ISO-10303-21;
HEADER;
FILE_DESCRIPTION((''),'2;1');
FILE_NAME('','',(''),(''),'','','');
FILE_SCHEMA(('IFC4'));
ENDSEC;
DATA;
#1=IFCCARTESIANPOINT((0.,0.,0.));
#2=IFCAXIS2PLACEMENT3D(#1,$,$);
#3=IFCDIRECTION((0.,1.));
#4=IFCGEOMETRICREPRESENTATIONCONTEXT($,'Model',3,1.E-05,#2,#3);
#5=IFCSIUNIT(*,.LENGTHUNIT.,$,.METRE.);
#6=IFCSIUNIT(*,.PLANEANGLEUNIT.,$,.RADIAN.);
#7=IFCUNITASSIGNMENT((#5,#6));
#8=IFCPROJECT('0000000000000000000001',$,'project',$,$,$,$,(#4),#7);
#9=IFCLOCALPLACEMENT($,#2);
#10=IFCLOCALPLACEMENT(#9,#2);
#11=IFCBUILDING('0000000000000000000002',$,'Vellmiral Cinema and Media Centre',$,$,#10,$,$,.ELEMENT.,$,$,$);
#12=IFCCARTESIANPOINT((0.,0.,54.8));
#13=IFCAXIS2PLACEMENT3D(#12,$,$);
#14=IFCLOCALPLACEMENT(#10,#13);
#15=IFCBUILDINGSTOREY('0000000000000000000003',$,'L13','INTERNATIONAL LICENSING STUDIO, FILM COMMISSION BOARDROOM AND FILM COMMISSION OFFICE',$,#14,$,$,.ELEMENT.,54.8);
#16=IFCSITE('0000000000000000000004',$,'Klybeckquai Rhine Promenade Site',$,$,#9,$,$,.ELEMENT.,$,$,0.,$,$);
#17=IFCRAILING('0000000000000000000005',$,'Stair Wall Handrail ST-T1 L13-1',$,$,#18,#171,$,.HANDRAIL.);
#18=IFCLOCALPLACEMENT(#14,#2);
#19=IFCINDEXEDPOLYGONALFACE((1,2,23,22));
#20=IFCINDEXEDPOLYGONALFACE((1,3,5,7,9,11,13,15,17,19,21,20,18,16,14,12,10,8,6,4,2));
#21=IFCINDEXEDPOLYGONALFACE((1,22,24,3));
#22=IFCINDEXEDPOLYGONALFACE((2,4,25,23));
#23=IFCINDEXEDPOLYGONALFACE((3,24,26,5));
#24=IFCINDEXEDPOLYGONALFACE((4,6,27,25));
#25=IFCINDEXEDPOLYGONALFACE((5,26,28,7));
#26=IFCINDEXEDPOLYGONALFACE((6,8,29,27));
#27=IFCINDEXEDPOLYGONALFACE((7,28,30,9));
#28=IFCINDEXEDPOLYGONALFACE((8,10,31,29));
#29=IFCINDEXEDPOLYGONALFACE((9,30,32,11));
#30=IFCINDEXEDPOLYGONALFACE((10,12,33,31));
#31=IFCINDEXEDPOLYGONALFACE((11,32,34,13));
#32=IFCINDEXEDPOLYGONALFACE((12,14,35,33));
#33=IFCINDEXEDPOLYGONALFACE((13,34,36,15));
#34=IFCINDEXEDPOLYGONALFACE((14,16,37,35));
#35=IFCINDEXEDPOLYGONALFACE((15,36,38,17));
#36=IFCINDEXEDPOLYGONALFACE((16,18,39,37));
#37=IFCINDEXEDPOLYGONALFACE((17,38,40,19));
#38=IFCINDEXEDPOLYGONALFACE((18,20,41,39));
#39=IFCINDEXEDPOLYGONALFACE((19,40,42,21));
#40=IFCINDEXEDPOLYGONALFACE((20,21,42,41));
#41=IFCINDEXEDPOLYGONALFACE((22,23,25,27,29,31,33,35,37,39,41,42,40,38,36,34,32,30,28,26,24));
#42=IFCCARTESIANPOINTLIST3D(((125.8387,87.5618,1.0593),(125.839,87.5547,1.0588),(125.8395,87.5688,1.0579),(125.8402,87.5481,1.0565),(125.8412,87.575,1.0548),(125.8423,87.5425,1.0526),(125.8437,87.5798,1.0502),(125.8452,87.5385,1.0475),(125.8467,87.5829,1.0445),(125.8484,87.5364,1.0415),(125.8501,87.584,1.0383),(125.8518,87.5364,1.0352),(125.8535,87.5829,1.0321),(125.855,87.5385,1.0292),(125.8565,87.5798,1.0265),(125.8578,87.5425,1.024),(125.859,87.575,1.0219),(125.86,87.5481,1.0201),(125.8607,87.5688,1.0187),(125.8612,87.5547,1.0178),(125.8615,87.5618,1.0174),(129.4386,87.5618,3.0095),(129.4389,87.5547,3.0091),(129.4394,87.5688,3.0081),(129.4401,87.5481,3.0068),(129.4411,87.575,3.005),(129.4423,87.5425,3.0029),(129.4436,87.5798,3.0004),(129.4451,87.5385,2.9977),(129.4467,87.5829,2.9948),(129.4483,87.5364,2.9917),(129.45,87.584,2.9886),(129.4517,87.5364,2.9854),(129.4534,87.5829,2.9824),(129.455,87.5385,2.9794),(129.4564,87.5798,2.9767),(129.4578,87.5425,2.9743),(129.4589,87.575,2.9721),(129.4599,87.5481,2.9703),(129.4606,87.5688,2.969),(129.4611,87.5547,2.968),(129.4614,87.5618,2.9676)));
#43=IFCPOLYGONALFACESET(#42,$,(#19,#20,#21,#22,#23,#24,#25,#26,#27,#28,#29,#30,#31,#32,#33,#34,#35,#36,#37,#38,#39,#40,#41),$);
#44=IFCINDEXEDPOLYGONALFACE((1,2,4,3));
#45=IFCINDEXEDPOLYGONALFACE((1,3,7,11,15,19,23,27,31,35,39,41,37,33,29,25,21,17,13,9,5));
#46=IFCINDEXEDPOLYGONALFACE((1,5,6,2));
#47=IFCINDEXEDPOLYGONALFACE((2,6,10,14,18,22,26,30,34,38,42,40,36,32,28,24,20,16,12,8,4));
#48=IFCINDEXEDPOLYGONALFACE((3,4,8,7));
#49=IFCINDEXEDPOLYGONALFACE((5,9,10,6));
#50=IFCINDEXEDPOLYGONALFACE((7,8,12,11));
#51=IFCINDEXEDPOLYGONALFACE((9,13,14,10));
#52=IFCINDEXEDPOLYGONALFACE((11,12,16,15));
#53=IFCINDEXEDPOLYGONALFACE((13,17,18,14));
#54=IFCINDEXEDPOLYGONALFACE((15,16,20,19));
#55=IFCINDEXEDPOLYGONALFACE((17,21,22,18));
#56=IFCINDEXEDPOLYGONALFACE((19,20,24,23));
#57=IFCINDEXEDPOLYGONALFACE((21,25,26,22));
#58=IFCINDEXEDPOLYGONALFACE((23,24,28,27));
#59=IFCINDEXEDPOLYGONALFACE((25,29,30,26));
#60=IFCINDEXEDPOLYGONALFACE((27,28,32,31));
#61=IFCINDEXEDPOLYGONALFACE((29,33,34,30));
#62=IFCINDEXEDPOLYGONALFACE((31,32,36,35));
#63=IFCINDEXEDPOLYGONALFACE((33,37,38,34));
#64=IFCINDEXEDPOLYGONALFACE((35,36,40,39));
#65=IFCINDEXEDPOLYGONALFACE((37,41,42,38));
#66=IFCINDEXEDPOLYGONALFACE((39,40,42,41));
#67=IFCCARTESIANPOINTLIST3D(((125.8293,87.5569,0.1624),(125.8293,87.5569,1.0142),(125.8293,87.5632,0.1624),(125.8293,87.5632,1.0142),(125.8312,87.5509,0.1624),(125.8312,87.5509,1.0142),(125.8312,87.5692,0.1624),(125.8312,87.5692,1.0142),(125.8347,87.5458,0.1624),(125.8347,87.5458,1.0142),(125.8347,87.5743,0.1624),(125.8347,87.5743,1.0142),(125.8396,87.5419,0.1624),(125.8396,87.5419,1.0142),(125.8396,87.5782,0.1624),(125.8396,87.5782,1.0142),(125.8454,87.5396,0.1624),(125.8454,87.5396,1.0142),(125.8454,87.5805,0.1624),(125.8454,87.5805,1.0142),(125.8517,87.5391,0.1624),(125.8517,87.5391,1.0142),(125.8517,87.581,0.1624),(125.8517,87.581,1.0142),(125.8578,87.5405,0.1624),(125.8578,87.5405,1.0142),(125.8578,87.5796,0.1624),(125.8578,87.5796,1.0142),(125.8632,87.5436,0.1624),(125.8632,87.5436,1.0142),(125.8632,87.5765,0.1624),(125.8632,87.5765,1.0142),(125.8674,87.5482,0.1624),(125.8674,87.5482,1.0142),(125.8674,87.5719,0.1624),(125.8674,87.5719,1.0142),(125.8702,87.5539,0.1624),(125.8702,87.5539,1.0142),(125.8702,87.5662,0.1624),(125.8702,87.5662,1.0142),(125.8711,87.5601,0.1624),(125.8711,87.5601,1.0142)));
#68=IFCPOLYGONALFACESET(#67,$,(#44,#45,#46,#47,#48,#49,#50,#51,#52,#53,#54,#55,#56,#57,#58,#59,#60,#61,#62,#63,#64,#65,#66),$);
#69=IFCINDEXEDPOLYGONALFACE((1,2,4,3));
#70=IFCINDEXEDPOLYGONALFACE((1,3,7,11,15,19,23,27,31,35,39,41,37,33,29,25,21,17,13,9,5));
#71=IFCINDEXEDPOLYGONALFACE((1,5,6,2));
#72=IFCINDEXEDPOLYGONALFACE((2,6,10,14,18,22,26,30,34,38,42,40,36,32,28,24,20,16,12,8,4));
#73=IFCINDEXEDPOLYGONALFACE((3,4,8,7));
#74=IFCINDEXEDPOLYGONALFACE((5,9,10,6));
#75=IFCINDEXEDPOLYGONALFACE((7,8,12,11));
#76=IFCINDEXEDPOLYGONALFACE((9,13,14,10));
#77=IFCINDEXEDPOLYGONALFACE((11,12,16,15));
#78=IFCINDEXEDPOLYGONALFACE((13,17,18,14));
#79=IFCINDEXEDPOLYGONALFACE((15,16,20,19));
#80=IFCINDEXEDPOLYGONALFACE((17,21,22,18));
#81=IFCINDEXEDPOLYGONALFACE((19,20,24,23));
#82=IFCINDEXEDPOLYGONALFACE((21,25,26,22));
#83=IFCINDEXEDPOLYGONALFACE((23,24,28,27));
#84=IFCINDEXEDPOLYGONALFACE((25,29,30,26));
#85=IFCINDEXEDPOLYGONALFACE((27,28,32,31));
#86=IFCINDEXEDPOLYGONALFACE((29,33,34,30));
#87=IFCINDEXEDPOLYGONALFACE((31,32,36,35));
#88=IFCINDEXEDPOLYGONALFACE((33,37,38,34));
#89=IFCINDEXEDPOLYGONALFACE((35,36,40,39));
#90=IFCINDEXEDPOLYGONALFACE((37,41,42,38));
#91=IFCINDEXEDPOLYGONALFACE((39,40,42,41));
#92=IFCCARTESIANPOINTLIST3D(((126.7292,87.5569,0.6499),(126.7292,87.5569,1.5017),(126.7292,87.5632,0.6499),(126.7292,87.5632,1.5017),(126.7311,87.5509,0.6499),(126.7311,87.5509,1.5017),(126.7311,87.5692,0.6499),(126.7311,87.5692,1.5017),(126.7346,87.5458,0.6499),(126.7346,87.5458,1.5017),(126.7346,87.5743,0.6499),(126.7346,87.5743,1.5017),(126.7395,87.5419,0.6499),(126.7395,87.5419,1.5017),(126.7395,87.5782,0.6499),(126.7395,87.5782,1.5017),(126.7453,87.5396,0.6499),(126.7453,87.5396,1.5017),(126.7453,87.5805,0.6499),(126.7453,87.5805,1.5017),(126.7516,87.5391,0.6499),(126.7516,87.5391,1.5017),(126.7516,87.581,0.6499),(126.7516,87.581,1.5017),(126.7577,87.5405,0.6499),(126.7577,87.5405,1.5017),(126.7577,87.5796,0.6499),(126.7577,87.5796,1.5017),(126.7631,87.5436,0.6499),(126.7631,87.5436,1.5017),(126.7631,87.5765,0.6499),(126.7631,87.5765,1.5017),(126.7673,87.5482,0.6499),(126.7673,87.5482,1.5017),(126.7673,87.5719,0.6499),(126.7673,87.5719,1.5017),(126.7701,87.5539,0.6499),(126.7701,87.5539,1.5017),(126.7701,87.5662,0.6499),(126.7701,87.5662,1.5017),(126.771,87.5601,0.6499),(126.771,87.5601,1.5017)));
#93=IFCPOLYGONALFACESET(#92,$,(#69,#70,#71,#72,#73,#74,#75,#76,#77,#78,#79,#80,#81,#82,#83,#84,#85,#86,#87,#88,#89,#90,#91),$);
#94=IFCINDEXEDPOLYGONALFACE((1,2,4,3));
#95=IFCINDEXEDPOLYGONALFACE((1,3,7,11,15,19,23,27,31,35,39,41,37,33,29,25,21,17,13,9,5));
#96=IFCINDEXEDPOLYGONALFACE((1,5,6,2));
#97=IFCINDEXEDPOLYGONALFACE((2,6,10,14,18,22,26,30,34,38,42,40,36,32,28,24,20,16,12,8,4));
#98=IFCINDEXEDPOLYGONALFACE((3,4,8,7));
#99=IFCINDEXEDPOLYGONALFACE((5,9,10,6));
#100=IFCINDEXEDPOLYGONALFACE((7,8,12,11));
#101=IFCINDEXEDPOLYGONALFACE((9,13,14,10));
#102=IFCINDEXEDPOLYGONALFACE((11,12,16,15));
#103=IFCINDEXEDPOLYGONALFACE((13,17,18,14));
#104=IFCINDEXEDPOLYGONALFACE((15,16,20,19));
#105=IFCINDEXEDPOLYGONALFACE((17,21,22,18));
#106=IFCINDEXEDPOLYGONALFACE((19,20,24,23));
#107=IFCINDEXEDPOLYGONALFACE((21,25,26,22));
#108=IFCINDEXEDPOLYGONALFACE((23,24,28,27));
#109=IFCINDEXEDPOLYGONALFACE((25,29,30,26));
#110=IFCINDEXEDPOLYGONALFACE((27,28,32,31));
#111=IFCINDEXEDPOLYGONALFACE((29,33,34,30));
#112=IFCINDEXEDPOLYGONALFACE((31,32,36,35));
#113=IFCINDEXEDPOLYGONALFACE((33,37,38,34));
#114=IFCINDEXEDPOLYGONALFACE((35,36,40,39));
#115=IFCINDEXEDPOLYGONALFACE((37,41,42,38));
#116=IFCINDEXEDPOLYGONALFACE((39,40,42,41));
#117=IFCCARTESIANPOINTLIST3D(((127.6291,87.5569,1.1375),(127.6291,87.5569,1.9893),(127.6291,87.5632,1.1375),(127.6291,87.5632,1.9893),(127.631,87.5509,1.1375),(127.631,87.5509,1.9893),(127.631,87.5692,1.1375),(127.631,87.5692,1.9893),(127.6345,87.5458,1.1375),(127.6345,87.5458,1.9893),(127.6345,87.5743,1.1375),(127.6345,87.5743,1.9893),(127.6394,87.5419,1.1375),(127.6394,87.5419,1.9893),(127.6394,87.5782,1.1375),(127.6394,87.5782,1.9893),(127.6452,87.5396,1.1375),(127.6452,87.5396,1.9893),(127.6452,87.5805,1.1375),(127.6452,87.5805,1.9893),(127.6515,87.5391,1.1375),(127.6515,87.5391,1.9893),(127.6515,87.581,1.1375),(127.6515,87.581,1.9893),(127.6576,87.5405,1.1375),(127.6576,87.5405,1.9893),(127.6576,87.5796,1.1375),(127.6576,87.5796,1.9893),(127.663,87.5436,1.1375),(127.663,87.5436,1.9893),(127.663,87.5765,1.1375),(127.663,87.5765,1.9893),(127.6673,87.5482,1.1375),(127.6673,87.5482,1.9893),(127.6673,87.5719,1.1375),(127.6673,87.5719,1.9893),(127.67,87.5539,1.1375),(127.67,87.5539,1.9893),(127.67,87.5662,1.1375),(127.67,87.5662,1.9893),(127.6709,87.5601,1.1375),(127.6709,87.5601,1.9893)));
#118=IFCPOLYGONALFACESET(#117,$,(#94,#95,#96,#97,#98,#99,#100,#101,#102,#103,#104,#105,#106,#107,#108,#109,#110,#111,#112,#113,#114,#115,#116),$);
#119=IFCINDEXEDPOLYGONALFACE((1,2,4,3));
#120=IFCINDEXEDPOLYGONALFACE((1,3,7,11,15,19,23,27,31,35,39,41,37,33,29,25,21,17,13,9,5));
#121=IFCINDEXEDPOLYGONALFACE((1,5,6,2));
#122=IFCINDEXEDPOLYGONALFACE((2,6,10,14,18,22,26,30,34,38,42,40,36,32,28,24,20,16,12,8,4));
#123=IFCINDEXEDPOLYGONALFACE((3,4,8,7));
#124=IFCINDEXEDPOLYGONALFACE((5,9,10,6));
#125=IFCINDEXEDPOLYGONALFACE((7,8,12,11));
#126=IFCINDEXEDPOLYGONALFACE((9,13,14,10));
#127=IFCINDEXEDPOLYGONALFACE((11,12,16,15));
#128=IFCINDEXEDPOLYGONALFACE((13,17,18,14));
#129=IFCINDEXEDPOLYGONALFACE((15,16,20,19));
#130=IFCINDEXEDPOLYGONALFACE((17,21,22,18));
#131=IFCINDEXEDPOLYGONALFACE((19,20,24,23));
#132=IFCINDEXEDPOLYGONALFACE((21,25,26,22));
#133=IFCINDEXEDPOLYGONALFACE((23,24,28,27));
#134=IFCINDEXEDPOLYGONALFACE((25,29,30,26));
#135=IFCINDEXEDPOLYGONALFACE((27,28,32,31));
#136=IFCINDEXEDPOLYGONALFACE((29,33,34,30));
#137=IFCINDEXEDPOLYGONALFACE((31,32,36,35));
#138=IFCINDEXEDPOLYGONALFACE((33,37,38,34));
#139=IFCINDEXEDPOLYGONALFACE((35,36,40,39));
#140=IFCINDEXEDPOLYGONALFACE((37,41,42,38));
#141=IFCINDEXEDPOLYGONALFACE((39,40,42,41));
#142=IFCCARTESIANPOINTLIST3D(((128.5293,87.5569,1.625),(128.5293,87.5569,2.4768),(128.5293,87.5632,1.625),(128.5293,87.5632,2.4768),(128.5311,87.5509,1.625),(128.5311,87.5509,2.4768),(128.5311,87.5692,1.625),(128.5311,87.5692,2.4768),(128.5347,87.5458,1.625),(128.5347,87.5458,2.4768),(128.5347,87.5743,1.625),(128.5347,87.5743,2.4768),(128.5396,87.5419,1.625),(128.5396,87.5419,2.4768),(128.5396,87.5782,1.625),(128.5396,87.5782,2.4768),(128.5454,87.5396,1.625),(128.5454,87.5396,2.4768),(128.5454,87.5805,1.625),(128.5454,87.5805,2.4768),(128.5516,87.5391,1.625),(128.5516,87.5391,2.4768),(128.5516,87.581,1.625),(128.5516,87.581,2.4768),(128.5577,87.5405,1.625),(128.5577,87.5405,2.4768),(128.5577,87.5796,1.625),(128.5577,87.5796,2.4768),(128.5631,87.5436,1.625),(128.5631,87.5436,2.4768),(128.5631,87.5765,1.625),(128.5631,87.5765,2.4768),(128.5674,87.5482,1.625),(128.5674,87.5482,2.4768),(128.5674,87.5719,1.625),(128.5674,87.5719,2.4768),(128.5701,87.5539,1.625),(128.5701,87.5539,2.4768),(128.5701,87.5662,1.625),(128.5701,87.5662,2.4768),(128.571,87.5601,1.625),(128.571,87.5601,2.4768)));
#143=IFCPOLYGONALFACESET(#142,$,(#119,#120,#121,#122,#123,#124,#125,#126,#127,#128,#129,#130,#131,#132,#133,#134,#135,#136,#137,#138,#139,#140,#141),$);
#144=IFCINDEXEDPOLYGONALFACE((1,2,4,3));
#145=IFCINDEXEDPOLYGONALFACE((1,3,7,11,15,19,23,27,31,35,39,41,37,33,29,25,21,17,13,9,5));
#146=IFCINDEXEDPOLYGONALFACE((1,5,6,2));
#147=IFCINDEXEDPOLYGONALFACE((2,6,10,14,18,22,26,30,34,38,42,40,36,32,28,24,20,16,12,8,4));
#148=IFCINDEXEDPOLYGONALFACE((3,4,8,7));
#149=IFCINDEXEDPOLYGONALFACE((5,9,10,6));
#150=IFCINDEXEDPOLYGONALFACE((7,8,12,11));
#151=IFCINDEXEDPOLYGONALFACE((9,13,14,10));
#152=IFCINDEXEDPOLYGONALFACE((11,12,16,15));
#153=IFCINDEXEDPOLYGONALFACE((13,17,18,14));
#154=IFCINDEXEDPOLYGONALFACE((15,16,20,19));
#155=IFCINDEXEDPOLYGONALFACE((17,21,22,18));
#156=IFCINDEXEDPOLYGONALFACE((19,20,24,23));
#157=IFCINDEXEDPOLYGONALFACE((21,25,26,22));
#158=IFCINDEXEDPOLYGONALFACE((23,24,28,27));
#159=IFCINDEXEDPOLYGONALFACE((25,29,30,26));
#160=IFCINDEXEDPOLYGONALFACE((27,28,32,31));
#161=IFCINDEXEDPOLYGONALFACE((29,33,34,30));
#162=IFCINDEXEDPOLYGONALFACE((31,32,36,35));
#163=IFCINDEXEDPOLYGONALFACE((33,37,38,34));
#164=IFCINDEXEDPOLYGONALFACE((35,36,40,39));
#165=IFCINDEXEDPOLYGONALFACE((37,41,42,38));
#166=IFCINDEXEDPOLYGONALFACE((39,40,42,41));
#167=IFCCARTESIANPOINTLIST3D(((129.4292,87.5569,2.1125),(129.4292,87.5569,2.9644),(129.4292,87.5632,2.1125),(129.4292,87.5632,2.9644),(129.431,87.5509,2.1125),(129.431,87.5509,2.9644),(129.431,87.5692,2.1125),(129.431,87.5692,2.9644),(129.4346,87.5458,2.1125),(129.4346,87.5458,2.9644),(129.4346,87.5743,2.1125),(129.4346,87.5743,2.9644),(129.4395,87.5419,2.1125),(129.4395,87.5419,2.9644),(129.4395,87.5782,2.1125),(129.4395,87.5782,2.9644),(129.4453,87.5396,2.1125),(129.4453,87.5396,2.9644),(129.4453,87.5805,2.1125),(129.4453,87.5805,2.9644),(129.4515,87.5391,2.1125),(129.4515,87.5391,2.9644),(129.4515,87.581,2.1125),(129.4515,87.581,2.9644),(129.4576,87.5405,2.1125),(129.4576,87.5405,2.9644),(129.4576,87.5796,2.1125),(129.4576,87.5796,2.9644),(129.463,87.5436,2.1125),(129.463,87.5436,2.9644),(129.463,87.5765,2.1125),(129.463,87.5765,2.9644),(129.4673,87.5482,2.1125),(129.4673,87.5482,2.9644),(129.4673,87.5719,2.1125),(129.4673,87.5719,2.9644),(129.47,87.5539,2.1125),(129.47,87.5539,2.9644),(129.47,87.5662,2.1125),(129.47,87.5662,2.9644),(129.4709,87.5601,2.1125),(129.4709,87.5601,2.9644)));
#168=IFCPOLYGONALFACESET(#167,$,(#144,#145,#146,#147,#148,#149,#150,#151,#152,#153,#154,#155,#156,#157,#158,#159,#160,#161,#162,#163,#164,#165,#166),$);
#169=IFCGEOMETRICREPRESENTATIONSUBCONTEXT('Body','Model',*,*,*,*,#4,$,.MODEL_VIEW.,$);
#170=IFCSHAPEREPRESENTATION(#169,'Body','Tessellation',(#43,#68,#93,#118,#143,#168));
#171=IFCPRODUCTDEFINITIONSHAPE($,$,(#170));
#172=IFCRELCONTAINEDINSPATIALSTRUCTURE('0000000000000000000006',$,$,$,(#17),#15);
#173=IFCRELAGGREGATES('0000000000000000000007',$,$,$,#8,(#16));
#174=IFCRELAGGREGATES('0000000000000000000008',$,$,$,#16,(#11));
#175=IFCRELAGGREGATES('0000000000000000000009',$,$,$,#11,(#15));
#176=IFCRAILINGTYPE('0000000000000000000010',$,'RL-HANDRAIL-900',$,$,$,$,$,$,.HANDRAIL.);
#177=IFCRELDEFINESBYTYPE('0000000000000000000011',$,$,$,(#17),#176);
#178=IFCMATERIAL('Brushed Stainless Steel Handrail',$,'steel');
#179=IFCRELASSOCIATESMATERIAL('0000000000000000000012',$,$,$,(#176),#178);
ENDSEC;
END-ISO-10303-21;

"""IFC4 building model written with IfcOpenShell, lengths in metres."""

from ifc_helpers import new_model, si_unit, direction, frame, origin, origin_2d, place, context, subcontext, project, spatial, circle, extrude, material, type_object, element, save


model = new_model("IFC4")

# Units and contexts
model_context = context("Model", 3, precision=1e-05, world=origin(), true_north=direction((0.0, 1.0)))
body_context = subcontext(model_context, "Body", "Model", "MODEL_VIEW")
ifc_project = project(units=[si_unit("LENGTHUNIT", "METRE"), si_unit("PLANEANGLEUNIT", "RADIAN")], contexts=[model_context])

# Site, building, storey
site_placement = place(None, origin())
site = spatial("IfcSite", under=ifc_project, at=site_placement, Name="Klybeckquai Rhine Promenade Site", CompositionType="ELEMENT", RefElevation=0.0)
building_placement = place(site_placement, origin())
building = spatial("IfcBuilding", under=site, at=building_placement, Name="Vellmiral Cinema and Media Centre", CompositionType="ELEMENT")
storey_placement = place(building_placement, frame((0.0, 0.0, 54.8)))
storey = spatial("IfcBuildingStorey", under=building, at=storey_placement, Name="L13", Description="INTERNATIONAL LICENSING STUDIO, FILM COMMISSION BOARDROOM AND FILM COMMISSION OFFICE", CompositionType="ELEMENT", Elevation=54.8)

# Railing
ifc_material_1 = material(Name="Brushed Stainless Steel Handrail", Category="steel")
railing_type = type_object("IfcRailingType", Name="RL-HANDRAIL-900", PredefinedType="HANDRAIL", material=ifc_material_1)
railing_placement = place(storey_placement, frame((125.8501, 87.5601, 0.1624)))
element("IfcRailing", 1, at=railing_placement, inside=storey, type_object=railing_type, Name="Stair Wall Handrail ST-T1 L13-1", PredefinedType="HANDRAIL", context=body_context, shape_type="SweptSolid", body=[
    extrude(circle(Radius=0.0239, at=origin_2d()), frame((0.0, 0.0, 0.876), z_axis=(0.879264, 0.0, 0.476335), x_axis=(0.0, 1.0, 0.0)), (0.0, 0.0, 1.0), 4.0942),
    extrude(circle(Radius=0.021, at=origin_2d()), origin(), (0.0, 0.0, 1.0), 0.8518),
    extrude(circle(Radius=0.021, at=origin_2d()), frame((0.8999, 0.0, 0.4875)), (0.0, 0.0, 1.0), 0.8518),
    extrude(circle(Radius=0.021, at=origin_2d()), frame((1.7998, 0.0, 0.9751)), (0.0, 0.0, 1.0), 0.8518),
    extrude(circle(Radius=0.021, at=origin_2d()), frame((2.7, 0.0, 1.4626)), (0.0, 0.0, 1.0), 0.8518),
    extrude(circle(Radius=0.021, at=origin_2d()), frame((3.5999, 0.0, 1.9502)), (0.0, 0.0, 1.0), 0.8518),
])

save(model, "model.ifc")
